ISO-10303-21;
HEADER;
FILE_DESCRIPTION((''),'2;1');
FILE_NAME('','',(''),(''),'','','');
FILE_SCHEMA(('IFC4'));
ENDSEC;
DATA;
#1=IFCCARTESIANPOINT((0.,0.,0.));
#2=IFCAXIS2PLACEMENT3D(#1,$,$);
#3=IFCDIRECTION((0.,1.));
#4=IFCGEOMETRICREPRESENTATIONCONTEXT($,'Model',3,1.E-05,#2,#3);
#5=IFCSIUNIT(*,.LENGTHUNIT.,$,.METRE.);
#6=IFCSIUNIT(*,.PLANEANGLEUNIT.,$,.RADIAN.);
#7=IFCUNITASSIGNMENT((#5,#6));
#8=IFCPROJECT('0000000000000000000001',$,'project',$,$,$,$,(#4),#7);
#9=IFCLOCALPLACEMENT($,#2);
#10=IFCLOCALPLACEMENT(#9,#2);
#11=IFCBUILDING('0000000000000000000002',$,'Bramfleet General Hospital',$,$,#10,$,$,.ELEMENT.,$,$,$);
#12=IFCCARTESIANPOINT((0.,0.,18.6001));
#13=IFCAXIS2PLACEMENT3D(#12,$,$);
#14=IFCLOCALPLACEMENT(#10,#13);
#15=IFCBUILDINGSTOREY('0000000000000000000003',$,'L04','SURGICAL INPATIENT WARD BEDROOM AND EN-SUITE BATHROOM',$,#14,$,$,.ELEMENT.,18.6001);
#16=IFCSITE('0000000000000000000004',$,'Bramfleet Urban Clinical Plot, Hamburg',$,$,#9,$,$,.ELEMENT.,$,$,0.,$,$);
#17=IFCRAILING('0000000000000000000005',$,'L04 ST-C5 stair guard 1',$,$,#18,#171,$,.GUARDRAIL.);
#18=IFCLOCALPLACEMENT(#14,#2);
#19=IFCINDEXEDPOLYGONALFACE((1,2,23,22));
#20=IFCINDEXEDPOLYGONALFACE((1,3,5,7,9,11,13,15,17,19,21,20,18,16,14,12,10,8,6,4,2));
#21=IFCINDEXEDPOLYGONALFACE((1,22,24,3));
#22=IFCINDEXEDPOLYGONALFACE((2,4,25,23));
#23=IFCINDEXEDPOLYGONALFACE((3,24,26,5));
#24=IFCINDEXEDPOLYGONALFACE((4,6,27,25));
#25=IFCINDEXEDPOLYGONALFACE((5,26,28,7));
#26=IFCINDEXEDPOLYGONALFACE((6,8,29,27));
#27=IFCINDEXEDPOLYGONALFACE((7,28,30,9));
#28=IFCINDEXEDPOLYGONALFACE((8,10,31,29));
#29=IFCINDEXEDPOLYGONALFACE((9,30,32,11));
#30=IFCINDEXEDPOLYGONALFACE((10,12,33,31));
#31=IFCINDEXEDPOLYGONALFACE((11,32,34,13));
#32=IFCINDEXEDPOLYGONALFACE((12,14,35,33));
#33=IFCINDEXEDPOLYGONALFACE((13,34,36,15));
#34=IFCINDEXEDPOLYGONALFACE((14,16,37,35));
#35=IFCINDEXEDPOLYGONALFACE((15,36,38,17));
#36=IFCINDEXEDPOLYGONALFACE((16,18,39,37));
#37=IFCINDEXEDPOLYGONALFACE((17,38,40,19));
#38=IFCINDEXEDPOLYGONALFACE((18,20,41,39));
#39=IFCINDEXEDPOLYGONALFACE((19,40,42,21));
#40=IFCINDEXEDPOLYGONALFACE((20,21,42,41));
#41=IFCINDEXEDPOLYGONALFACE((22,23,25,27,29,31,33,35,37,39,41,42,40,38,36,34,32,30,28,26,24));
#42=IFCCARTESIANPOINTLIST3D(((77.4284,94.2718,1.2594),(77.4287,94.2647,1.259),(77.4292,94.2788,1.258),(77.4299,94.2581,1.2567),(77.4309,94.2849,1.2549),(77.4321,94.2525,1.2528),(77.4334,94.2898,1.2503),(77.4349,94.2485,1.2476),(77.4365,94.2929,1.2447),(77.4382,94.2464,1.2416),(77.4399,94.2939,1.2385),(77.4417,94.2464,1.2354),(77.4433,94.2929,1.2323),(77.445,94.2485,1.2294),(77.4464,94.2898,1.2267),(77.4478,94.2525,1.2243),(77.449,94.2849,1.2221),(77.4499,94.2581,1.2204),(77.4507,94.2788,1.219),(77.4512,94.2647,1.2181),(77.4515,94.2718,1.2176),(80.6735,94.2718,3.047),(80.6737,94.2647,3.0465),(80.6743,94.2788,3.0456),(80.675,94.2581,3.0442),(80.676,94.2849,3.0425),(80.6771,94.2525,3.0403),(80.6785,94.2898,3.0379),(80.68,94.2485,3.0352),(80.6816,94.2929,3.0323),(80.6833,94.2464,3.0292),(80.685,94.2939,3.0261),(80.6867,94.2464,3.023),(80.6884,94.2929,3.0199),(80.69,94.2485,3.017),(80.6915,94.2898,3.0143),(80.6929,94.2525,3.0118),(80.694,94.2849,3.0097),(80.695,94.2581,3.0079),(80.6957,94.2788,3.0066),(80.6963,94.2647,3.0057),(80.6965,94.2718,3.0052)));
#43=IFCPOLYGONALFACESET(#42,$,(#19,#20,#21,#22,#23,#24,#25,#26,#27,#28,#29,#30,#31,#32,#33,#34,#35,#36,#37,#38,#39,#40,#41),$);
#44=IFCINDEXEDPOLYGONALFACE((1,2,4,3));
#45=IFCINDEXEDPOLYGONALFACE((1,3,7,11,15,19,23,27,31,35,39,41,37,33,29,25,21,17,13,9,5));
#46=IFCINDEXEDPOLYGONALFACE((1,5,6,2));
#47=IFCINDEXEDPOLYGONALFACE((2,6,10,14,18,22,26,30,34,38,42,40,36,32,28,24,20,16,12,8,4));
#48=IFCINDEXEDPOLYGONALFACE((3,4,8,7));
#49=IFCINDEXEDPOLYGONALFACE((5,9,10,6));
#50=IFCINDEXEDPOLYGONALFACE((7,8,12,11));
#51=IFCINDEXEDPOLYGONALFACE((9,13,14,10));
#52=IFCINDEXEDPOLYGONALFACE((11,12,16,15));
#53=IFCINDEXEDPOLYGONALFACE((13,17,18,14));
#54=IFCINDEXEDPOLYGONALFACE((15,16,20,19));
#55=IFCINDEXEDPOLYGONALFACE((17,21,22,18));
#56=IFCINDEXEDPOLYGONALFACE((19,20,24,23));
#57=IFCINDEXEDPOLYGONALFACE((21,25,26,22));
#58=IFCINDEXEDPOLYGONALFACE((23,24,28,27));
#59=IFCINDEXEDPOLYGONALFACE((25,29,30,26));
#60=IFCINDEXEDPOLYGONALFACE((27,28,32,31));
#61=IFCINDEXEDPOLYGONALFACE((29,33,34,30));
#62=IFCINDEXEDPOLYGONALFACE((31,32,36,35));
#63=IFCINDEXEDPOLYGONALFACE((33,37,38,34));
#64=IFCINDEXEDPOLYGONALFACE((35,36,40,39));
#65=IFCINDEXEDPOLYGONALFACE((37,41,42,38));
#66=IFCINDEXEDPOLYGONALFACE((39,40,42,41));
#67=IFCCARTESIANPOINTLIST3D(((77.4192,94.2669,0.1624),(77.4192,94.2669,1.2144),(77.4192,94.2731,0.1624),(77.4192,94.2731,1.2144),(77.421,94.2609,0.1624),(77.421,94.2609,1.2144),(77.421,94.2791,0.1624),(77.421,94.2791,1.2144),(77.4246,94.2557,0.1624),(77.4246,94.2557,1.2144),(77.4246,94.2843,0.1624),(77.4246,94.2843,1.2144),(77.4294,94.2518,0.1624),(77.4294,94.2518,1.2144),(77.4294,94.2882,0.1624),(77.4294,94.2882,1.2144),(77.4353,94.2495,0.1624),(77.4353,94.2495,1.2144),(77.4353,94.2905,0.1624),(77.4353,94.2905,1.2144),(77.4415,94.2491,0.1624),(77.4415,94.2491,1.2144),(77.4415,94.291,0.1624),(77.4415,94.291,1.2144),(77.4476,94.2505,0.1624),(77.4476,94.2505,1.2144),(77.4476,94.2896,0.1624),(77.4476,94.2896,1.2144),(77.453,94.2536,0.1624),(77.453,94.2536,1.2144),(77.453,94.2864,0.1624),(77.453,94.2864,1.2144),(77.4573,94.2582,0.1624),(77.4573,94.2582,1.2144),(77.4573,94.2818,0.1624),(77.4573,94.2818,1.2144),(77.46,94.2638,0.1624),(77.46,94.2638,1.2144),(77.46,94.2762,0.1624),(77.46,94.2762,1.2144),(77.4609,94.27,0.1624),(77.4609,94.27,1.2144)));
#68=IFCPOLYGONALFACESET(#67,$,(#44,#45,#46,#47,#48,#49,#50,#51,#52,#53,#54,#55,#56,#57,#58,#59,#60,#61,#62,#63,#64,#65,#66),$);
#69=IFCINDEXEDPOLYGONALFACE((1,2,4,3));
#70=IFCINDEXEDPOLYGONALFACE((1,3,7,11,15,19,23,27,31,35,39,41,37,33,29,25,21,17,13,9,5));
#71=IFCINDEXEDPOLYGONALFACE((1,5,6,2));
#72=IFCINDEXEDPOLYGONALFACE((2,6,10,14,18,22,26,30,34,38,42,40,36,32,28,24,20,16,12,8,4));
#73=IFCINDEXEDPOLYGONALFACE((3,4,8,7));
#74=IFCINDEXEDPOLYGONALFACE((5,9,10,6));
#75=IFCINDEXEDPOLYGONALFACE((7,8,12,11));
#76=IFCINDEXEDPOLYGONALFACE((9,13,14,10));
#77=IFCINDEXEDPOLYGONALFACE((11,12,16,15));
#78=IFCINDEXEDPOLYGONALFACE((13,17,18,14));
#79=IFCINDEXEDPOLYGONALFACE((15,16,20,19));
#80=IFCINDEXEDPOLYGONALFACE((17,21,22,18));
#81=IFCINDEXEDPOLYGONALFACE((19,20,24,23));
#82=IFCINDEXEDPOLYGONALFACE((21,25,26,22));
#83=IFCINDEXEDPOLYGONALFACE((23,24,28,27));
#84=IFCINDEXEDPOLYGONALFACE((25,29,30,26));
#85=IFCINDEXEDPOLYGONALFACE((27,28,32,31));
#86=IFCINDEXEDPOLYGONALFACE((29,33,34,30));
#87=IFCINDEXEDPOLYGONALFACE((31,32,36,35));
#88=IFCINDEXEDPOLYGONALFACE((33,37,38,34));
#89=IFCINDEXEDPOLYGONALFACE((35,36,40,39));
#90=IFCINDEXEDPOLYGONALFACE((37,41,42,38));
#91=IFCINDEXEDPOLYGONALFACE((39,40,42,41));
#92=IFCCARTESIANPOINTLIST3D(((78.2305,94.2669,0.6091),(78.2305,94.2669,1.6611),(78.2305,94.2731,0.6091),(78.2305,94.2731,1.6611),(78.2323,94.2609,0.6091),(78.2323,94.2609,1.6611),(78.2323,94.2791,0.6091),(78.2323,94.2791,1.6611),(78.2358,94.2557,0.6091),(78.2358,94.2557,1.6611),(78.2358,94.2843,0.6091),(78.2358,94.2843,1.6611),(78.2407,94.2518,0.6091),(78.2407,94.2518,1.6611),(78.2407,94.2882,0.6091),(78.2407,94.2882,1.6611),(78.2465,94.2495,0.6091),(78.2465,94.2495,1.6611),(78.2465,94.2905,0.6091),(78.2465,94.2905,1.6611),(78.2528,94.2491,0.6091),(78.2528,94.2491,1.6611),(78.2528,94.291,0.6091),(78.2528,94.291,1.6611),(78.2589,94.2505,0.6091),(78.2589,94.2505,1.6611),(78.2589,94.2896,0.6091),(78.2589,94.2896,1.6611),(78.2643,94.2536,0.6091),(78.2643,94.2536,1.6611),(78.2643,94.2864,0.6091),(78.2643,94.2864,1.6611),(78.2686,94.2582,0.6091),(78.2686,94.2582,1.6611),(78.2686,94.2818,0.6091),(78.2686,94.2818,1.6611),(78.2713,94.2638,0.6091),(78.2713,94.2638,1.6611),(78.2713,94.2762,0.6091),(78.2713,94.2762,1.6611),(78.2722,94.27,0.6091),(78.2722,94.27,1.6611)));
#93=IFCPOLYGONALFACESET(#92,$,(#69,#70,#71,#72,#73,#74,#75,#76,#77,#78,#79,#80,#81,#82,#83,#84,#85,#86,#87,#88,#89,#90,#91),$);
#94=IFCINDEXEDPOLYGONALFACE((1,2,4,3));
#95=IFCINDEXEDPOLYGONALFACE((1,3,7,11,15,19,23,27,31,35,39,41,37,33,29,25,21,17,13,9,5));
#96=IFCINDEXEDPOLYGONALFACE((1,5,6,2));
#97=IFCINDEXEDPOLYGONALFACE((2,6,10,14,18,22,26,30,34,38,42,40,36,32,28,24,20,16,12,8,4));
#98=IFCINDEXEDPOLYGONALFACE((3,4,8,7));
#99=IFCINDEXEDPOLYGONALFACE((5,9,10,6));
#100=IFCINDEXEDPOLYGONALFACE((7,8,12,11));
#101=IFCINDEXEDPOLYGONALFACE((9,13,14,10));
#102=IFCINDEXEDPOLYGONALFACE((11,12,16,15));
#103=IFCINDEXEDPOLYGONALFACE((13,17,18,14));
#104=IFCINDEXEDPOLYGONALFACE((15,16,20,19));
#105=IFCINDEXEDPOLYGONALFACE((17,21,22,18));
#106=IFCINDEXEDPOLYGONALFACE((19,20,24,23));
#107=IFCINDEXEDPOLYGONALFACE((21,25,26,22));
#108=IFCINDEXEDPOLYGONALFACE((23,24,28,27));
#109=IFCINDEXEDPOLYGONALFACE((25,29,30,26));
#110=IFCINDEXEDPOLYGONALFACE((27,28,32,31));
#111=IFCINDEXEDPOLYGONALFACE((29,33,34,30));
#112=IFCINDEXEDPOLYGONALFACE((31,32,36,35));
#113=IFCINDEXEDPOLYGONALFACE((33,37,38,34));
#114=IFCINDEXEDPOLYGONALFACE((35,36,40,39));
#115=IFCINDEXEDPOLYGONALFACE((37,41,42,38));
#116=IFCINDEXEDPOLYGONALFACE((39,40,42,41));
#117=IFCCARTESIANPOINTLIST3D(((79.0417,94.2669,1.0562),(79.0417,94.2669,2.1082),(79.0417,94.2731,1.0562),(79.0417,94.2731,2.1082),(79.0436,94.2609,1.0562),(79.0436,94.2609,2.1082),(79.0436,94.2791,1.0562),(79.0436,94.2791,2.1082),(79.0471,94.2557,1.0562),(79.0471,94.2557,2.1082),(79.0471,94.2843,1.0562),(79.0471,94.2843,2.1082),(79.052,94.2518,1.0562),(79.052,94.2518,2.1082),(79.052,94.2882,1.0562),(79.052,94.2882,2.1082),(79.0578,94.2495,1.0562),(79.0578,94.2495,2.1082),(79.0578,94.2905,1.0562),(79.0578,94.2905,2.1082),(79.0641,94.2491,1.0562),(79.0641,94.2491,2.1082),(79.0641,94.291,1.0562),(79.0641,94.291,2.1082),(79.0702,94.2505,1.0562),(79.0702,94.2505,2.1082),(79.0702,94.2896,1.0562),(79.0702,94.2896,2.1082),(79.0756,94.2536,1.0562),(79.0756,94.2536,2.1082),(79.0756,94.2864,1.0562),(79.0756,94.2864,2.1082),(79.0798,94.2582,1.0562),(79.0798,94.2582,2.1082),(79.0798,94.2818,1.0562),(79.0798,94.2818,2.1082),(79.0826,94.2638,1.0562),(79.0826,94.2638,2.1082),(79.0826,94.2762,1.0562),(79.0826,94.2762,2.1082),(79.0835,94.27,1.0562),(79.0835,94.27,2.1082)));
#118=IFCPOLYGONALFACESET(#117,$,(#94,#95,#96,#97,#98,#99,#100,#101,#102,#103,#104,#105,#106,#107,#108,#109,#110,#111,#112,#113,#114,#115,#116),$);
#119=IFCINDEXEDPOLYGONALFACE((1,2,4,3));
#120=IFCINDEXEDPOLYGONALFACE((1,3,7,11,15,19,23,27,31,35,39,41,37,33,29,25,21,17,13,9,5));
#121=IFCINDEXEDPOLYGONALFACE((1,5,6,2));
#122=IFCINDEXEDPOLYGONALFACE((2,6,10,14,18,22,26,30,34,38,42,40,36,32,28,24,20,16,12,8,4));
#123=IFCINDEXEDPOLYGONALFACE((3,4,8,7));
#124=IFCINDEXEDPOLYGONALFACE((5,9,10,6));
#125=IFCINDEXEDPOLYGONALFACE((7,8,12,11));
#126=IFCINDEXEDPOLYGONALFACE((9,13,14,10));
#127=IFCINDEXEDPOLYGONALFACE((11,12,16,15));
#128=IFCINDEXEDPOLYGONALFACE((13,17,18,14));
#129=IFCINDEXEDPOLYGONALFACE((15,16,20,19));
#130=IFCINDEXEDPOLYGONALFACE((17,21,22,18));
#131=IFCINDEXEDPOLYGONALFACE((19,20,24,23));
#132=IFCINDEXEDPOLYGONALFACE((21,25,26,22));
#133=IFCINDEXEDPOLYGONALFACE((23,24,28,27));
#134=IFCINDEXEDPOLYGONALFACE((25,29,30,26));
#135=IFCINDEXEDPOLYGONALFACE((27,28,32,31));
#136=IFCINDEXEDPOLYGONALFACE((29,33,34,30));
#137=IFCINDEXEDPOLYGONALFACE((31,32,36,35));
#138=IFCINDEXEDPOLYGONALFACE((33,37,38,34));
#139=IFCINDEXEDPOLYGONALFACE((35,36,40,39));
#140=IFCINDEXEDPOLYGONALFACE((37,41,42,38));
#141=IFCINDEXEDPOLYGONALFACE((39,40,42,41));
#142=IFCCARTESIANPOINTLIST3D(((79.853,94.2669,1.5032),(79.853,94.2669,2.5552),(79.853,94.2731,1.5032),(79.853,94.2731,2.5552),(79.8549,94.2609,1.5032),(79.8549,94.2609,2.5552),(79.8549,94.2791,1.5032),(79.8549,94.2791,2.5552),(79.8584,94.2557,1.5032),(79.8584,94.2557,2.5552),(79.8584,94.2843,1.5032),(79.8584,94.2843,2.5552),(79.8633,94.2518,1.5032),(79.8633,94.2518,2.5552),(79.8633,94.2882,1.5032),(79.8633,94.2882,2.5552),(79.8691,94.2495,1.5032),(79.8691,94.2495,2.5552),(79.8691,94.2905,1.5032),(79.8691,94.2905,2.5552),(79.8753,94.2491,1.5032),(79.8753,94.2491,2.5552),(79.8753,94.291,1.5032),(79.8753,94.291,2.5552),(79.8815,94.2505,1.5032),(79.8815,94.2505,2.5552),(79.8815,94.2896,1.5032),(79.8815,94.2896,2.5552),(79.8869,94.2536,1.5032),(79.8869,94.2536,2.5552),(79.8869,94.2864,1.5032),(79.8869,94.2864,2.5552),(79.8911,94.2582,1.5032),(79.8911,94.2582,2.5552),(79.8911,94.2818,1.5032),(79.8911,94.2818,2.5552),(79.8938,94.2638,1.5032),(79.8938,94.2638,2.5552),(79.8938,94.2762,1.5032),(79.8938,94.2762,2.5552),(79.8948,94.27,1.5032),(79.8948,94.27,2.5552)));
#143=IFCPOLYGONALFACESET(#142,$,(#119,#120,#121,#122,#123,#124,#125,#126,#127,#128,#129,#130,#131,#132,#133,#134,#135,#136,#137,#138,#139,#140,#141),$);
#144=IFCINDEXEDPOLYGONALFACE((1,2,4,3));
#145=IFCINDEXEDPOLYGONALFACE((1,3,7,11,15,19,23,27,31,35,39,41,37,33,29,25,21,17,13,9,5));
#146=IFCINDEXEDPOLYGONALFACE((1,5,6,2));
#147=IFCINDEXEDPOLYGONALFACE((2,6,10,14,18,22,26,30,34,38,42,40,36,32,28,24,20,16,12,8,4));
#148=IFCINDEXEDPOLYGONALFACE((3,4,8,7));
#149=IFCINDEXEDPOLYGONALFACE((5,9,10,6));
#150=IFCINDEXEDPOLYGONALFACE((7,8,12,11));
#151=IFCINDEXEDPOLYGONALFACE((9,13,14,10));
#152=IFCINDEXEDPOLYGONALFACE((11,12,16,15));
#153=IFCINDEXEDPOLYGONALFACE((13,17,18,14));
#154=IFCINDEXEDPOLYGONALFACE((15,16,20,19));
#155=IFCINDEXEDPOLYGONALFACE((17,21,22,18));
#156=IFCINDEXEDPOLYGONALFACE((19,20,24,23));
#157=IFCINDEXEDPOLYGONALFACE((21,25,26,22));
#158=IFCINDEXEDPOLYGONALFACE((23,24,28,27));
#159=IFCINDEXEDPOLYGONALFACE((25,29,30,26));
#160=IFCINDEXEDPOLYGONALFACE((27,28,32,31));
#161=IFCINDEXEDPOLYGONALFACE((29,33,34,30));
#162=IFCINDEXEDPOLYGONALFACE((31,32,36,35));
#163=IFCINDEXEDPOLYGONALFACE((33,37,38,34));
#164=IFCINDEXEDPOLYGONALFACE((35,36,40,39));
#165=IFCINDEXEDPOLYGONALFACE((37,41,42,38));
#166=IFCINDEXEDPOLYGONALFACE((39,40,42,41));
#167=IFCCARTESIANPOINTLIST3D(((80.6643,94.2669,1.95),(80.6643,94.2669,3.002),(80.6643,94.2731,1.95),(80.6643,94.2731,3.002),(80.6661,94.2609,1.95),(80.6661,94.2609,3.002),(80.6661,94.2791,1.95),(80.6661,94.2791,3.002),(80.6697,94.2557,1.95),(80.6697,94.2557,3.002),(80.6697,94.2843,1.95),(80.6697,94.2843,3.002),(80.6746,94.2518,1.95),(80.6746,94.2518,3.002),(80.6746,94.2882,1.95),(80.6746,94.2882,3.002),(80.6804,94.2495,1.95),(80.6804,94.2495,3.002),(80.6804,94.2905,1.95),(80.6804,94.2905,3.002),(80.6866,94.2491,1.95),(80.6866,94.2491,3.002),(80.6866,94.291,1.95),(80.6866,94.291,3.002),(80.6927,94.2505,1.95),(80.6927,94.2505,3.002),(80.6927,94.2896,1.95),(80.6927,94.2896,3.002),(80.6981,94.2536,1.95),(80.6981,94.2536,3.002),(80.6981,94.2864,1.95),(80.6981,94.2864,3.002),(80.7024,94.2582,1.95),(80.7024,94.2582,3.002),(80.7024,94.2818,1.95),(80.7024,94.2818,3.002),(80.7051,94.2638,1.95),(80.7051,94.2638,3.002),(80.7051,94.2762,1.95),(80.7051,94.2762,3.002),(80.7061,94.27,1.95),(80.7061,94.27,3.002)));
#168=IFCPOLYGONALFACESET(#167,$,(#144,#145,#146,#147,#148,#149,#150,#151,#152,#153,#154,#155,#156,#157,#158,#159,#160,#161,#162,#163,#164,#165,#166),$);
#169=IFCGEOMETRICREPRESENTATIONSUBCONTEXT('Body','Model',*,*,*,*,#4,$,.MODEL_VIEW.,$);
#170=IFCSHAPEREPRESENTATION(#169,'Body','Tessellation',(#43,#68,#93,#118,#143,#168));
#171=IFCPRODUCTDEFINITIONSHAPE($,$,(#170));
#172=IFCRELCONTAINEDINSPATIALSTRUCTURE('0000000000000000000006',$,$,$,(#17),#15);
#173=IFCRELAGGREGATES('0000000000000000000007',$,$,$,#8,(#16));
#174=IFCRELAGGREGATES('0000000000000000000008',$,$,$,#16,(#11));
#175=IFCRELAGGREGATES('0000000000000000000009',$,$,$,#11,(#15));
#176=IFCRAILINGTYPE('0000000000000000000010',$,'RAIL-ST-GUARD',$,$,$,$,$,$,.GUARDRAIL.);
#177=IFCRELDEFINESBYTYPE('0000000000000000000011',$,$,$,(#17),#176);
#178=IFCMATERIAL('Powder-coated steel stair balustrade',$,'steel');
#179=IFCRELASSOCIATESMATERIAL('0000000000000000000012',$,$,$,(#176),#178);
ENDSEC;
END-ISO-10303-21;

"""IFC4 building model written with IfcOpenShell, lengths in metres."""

from ifc_helpers import new_model, si_unit, direction, frame, origin, origin_2d, place, context, subcontext, project, spatial, circle, extrude, material, type_object, element, save


model = new_model("IFC4")

# Units and contexts
model_context = context("Model", 3, precision=1e-05, world=origin(), true_north=direction((0.0, 1.0)))
body_context = subcontext(model_context, "Body", "Model", "MODEL_VIEW")
ifc_project = project(units=[si_unit("LENGTHUNIT", "METRE"), si_unit("PLANEANGLEUNIT", "RADIAN")], contexts=[model_context])

# Site, building, storey
site_placement = place(None, origin())
site = spatial("IfcSite", under=ifc_project, at=site_placement, Name="Bramfleet Urban Clinical Plot, Hamburg", CompositionType="ELEMENT", RefElevation=0.0)
building_placement = place(site_placement, origin())
building = spatial("IfcBuilding", under=site, at=building_placement, Name="Bramfleet General Hospital", CompositionType="ELEMENT")
storey_placement = place(building_placement, frame((0.0, 0.0, 18.6001)))
storey = spatial("IfcBuildingStorey", under=building, at=storey_placement, Name="L04", Description="SURGICAL INPATIENT WARD BEDROOM AND EN-SUITE BATHROOM", CompositionType="ELEMENT", Elevation=18.6001)

# Railing
ifc_material_1 = material(Name="Powder-coated steel stair balustrade", Category="steel")
railing_type_1 = type_object("IfcRailingType", Name="RAIL-ST-GUARD", PredefinedType="GUARDRAIL", material=ifc_material_1)
railing_1_placement = place(storey_placement, frame((77.4399, 94.27, 0.1624)))
element("IfcRailing", 1, at=railing_1_placement, inside=storey, type_object=railing_type_1, Name="L04 ST-C5 stair guard 1", PredefinedType="GUARDRAIL", context=body_context, shape_type="SweptSolid", body=[
    extrude(circle(Radius=0.0239, at=origin_2d()), frame((0.0, 0.0, 1.0762), z_axis=(0.875899, 0.0, 0.482495), x_axis=(0.0, 1.0, 0.0)), (0.0, 0.0, 1.0), 3.7048),
    extrude(circle(Radius=0.021, at=origin_2d()), origin(), (0.0, 0.0, 1.0), 1.052),
    extrude(circle(Radius=0.021, at=origin_2d()), frame((0.8113, 0.0, 0.4468)), (0.0, 0.0, 1.0), 1.052),
    extrude(circle(Radius=0.021, at=origin_2d()), frame((1.6226, 0.0, 0.8938)), (0.0, 0.0, 1.0), 1.052),
    extrude(circle(Radius=0.021, at=origin_2d()), frame((2.4338, 0.0, 1.3408)), (0.0, 0.0, 1.0), 1.052),
    extrude(circle(Radius=0.021, at=origin_2d()), frame((3.2451, 0.0, 1.7876)), (0.0, 0.0, 1.0), 1.052),
])

save(model, "model.ifc")
